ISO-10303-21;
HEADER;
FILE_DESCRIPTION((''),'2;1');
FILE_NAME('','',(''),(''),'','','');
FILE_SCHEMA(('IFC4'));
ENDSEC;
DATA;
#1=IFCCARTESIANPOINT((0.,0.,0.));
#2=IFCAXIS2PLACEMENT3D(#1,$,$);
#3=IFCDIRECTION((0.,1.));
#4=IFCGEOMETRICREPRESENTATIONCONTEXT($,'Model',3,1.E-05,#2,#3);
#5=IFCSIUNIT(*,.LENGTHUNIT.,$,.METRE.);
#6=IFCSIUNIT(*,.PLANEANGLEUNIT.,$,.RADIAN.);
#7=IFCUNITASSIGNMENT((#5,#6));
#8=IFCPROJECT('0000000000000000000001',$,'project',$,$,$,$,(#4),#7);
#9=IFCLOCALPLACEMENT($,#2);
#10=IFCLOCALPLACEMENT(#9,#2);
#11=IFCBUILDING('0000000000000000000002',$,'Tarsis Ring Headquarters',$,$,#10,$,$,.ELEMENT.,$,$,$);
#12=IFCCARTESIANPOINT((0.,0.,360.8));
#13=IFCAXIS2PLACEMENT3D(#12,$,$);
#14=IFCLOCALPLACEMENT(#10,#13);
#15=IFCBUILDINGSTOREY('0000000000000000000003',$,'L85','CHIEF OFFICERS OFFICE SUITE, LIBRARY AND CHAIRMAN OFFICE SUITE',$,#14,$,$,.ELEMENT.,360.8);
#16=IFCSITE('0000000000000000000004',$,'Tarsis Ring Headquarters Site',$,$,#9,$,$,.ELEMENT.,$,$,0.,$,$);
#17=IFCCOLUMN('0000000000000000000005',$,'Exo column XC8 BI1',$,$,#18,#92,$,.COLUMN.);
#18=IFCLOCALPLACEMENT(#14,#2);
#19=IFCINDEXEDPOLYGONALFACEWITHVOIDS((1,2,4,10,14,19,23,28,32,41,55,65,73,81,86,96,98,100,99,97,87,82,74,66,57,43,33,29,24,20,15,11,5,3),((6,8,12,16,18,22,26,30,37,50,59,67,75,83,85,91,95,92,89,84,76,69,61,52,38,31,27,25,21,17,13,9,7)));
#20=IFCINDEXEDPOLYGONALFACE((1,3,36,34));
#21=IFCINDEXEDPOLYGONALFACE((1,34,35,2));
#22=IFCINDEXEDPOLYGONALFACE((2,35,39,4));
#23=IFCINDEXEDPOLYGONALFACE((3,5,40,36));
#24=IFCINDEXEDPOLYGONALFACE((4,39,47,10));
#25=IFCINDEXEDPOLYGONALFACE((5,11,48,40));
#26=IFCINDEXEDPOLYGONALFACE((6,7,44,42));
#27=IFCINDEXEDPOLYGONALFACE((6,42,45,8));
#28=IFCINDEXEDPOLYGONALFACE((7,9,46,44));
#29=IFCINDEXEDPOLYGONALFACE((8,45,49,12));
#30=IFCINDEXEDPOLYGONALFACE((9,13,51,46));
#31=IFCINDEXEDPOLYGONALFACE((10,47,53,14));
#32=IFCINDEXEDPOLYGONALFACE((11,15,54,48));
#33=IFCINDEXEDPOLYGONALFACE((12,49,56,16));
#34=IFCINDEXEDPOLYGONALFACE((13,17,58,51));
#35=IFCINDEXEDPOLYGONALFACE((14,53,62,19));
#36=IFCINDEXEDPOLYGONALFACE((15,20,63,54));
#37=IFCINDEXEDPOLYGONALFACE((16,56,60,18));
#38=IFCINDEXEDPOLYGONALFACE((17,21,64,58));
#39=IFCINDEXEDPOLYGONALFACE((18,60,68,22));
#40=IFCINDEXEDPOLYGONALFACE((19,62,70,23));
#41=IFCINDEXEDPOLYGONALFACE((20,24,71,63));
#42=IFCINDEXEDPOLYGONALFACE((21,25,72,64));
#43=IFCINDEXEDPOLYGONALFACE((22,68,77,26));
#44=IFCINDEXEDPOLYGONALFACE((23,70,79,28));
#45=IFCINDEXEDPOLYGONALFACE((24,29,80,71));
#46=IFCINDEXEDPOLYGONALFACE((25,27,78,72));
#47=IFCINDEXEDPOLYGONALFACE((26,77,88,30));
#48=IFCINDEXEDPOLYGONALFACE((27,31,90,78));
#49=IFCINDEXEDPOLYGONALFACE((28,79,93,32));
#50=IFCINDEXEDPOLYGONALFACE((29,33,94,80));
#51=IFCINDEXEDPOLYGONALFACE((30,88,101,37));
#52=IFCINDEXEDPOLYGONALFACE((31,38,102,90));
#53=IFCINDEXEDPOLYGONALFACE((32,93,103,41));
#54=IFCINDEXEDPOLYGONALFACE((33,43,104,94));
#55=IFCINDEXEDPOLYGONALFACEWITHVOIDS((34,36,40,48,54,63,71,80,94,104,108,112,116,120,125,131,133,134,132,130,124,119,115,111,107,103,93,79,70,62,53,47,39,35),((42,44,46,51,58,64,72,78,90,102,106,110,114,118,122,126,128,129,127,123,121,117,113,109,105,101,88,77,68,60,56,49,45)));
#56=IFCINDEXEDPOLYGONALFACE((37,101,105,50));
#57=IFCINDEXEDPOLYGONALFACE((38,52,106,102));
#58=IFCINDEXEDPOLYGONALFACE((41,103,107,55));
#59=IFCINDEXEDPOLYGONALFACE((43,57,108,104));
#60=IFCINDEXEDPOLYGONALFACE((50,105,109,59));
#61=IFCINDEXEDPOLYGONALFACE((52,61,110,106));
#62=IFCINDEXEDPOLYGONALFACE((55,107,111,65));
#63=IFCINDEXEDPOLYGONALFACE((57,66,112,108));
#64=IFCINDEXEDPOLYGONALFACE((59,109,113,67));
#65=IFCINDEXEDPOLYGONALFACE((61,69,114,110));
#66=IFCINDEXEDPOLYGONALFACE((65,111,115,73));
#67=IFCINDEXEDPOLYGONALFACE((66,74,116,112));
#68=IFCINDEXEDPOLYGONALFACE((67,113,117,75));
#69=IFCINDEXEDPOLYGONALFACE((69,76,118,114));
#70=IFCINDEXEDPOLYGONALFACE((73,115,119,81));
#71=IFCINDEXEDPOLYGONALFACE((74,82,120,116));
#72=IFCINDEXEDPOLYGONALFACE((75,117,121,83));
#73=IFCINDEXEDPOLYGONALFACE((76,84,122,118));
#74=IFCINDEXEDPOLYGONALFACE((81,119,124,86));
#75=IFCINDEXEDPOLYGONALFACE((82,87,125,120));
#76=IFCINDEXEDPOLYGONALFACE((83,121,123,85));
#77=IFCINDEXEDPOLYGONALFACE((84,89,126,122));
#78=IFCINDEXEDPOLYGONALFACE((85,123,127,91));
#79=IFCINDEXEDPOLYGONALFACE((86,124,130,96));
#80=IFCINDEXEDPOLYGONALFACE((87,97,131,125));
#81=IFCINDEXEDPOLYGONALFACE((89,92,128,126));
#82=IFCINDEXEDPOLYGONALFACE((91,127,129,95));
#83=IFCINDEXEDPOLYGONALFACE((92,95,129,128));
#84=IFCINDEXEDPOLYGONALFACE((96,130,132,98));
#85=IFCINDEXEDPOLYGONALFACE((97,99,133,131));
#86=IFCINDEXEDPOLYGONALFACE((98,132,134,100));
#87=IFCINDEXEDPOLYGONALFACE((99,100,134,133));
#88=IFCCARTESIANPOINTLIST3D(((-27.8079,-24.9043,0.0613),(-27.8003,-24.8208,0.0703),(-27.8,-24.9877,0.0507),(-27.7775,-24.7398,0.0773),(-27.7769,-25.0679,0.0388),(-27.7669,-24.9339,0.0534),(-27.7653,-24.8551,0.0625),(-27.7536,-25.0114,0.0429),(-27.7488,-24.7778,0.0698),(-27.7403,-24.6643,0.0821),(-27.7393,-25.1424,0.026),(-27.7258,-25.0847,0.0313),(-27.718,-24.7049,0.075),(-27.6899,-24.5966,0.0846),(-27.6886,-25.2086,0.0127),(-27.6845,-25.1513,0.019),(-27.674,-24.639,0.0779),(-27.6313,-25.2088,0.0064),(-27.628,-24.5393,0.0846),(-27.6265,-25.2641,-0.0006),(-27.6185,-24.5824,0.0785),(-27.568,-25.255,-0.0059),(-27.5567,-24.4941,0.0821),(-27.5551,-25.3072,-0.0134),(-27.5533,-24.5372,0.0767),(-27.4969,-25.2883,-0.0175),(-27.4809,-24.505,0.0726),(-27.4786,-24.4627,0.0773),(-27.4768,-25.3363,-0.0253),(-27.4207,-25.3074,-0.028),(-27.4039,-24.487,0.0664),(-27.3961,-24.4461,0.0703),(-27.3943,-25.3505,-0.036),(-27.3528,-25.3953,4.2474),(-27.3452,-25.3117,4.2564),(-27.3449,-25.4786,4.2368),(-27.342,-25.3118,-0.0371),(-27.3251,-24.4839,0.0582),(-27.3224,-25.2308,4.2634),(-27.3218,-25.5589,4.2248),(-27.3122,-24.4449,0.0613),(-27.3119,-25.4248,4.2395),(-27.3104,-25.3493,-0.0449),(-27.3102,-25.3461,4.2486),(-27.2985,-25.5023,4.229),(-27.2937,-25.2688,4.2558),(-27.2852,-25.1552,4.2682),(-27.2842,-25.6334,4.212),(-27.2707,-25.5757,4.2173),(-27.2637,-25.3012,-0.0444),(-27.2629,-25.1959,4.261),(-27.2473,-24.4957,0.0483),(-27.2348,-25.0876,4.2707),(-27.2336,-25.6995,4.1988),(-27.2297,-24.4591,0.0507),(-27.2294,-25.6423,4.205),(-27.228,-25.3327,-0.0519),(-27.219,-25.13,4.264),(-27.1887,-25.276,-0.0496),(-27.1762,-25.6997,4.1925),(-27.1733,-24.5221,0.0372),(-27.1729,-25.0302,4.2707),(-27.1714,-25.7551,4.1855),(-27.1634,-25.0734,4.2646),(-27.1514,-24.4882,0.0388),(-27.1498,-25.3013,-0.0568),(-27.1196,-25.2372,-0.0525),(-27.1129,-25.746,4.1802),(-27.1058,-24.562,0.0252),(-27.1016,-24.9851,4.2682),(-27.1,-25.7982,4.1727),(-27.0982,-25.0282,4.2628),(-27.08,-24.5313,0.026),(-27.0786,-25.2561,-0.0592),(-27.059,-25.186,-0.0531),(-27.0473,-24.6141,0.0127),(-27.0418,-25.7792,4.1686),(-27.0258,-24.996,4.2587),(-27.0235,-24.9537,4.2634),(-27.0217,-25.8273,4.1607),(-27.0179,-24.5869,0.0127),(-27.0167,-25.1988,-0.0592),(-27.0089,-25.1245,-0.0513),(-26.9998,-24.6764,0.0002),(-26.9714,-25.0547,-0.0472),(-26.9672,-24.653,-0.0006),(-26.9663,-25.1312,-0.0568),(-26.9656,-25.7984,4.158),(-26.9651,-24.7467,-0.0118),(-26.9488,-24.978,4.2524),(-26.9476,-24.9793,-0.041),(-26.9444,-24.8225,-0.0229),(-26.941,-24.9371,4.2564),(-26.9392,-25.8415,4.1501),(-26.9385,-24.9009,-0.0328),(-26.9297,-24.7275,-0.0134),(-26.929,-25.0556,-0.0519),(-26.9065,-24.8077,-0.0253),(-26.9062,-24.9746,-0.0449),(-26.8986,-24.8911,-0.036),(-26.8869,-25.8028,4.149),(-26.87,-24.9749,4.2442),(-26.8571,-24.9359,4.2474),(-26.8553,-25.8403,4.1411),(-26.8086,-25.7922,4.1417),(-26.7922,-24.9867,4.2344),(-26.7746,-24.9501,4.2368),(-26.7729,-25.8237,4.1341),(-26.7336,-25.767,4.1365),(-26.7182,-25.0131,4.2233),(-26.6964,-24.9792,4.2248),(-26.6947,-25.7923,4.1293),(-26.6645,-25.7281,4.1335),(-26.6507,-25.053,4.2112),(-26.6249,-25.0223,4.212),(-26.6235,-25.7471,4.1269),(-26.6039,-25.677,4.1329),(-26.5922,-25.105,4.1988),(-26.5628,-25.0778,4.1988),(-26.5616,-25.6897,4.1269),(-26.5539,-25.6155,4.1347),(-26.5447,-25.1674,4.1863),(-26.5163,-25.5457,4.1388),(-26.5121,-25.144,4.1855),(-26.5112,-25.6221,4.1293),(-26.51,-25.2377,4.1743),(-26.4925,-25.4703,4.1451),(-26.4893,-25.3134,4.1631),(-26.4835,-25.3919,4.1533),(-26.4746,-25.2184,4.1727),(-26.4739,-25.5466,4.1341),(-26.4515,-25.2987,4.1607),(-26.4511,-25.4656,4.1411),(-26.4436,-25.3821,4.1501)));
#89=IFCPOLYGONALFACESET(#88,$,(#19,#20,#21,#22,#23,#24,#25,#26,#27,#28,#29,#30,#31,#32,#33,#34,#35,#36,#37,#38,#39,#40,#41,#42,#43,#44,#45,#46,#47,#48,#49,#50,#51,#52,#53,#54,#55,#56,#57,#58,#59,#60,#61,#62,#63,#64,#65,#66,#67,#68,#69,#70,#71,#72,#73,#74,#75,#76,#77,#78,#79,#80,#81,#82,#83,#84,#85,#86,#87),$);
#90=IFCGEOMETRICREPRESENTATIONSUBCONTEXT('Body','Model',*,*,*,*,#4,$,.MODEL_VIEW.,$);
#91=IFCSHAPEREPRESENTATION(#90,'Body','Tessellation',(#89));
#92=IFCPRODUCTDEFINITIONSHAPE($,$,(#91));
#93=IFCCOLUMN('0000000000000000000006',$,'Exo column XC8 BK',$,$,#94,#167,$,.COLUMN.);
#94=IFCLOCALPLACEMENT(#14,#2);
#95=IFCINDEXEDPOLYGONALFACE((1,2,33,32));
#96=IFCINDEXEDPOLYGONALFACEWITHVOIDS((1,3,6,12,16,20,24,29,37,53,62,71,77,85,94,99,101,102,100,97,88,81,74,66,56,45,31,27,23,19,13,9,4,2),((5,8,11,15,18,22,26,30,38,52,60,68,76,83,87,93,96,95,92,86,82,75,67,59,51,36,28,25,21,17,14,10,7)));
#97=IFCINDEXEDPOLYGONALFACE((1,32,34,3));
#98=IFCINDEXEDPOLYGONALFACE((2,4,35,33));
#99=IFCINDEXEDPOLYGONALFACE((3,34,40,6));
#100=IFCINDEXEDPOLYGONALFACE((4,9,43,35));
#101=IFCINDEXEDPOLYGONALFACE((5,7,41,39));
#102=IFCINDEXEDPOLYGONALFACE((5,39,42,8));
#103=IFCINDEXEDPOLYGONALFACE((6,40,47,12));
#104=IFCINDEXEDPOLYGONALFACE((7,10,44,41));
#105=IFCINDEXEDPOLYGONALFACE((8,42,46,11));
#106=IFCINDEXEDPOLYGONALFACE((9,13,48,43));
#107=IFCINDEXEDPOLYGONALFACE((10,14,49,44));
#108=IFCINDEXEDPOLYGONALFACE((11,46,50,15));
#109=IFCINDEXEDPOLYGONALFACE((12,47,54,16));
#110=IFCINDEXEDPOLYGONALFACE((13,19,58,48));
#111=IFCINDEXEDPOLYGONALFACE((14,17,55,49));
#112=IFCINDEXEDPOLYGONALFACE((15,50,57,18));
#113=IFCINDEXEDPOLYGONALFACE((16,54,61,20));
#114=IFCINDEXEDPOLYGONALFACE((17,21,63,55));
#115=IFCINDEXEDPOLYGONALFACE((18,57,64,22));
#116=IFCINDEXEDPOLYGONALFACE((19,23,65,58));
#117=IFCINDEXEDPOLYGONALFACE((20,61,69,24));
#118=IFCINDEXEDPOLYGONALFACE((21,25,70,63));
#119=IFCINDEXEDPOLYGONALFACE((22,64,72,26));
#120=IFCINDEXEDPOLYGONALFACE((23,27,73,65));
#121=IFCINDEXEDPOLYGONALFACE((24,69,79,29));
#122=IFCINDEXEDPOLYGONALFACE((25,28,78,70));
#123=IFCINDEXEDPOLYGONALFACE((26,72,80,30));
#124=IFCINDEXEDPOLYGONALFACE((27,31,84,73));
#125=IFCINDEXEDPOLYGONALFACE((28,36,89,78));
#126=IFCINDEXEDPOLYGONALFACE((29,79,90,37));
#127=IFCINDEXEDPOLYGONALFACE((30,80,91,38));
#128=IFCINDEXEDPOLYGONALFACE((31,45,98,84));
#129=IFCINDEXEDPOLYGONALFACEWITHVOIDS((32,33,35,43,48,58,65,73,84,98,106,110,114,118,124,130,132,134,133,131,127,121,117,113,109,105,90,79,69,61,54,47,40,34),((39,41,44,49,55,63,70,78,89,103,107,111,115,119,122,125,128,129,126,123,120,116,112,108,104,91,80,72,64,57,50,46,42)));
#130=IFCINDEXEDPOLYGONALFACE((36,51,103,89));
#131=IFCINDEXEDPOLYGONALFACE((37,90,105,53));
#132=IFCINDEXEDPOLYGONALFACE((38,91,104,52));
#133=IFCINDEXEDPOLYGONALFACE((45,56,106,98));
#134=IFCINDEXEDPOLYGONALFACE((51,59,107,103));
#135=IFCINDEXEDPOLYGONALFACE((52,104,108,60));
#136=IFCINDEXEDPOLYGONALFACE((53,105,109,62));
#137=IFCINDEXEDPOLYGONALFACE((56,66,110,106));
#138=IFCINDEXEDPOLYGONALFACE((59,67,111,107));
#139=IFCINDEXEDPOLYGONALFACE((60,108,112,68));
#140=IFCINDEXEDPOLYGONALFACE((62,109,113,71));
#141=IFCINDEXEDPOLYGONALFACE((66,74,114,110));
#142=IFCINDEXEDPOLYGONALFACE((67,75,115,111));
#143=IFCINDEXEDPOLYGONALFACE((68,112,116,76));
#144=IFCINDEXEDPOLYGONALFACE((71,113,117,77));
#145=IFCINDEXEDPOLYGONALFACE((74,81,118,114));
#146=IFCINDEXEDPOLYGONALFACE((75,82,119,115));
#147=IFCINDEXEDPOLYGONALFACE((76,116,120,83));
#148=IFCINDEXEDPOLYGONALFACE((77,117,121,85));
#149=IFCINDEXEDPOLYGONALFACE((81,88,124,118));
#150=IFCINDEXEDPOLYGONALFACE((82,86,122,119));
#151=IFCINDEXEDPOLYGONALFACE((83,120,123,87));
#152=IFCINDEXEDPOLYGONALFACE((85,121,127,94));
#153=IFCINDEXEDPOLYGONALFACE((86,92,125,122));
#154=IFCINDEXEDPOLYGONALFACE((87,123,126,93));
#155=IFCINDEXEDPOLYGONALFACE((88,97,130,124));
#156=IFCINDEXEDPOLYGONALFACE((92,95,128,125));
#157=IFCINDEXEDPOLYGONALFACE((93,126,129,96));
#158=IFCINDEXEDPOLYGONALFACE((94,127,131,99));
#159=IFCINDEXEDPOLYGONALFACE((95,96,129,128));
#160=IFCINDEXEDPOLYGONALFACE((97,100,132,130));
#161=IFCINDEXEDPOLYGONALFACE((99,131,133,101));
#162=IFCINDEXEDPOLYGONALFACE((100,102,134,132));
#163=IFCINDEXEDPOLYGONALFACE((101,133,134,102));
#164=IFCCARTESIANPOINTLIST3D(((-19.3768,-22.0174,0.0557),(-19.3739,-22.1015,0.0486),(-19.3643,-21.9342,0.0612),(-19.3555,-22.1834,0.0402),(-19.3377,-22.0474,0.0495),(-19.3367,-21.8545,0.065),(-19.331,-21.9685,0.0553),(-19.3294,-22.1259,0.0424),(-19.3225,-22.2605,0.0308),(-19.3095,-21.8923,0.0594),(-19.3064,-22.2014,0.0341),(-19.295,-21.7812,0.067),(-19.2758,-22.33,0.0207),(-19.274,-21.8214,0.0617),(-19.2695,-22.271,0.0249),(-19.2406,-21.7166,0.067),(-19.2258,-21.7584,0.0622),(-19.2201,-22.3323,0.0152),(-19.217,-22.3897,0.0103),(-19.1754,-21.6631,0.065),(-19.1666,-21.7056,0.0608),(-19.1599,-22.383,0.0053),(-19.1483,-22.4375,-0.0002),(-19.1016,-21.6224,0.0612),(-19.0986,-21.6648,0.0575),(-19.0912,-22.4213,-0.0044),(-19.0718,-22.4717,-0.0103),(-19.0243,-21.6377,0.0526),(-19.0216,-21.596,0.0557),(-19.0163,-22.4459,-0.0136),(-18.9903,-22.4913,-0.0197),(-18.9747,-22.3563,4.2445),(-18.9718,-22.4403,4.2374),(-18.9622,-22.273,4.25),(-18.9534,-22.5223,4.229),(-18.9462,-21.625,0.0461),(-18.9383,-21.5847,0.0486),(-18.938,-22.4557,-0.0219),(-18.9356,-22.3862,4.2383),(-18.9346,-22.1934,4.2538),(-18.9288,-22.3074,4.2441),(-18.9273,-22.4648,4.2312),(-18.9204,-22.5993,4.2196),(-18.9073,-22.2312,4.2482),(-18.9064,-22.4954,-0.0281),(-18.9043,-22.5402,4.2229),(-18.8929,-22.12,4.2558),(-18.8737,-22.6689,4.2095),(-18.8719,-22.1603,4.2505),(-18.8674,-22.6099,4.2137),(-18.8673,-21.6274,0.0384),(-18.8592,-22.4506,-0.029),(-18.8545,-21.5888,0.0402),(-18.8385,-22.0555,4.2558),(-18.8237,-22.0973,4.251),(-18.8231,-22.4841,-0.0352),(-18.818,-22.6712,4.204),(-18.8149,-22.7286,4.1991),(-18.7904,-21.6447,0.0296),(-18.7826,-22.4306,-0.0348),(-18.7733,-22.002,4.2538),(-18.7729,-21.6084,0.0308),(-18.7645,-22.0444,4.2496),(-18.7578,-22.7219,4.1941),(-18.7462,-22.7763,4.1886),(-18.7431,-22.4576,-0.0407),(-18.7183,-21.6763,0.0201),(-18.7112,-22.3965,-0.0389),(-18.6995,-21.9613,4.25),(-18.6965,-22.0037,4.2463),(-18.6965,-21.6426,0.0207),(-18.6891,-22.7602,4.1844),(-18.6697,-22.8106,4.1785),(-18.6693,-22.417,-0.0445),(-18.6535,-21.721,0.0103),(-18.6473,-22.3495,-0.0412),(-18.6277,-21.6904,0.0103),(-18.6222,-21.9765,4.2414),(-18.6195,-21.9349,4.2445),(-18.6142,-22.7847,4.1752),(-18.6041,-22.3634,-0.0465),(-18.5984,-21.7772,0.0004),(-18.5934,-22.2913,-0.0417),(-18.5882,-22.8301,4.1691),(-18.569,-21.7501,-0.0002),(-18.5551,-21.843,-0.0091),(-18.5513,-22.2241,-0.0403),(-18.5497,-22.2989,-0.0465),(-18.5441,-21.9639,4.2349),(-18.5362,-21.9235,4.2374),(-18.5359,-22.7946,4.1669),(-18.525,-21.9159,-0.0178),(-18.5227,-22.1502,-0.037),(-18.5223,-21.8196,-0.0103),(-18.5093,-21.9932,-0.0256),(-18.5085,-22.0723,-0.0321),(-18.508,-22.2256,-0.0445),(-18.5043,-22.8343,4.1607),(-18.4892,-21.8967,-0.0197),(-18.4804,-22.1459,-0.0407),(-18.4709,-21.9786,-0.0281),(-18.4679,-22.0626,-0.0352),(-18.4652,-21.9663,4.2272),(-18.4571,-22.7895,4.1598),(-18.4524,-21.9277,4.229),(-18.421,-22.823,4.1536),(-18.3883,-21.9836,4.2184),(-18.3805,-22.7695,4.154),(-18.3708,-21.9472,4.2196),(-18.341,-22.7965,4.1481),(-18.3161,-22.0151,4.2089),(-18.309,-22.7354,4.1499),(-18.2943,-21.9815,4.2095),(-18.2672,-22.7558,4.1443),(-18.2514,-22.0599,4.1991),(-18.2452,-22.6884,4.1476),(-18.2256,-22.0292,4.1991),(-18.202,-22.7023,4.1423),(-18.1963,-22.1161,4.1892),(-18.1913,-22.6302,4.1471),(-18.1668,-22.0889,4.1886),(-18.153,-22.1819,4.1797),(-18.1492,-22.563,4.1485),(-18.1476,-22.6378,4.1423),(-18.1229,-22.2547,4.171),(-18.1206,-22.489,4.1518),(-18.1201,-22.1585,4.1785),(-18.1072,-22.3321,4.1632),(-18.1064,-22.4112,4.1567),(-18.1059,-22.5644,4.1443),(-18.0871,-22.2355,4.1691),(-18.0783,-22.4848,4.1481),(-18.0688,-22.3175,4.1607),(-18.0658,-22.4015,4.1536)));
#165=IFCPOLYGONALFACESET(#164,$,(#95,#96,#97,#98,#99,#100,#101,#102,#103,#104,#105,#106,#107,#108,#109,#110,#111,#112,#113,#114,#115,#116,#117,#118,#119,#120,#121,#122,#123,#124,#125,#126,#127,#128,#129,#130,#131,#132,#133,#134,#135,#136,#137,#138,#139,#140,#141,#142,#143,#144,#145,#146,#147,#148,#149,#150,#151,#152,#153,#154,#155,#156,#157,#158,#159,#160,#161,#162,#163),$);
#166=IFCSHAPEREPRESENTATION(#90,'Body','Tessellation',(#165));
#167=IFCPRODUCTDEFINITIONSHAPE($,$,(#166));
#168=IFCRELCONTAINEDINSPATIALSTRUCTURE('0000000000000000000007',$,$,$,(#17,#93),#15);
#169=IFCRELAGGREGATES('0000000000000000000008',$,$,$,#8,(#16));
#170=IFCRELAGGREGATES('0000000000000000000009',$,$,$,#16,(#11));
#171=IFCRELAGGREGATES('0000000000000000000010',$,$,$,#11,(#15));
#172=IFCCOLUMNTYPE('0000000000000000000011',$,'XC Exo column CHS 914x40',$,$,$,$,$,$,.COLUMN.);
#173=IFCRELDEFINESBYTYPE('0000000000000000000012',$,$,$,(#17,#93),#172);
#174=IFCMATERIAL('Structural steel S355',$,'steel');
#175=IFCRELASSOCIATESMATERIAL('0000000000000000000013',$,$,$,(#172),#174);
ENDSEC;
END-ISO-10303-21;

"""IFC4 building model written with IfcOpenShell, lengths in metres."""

from ifc_helpers import new_model, si_unit, direction, frame, origin, origin_2d, place, context, subcontext, project, spatial, hollow_circle, extrude, material, material_profile, profile_set, type_object, element, save


model = new_model("IFC4")

# Units and contexts
model_context = context("Model", 3, precision=1e-05, world=origin(), true_north=direction((0.0, 1.0)))
body_context = subcontext(model_context, "Body", "Model", "MODEL_VIEW")
ifc_project = project(units=[si_unit("LENGTHUNIT", "METRE"), si_unit("PLANEANGLEUNIT", "RADIAN")], contexts=[model_context])

# Site, building, storey
site_placement = place(None, origin())
site = spatial("IfcSite", under=ifc_project, at=site_placement, Name="Tarsis Ring Headquarters Site", CompositionType="ELEMENT", RefElevation=0.0)
building_placement = place(site_placement, origin())
building = spatial("IfcBuilding", under=site, at=building_placement, Name="Tarsis Ring Headquarters", CompositionType="ELEMENT")
storey_placement = place(building_placement, frame((0.0, 0.0, 360.8)))
storey = spatial("IfcBuildingStorey", under=building, at=storey_placement, Name="L85", Description="CHIEF OFFICERS OFFICE SUITE, LIBRARY AND CHAIRMAN OFFICE SUITE", CompositionType="ELEMENT", Elevation=360.8)

# Columns
ifc_material_1 = material(Name="Structural steel S355", Category="steel")
ifc_material_profile_1 = material_profile(ifc_material_1, hollow_circle(Radius=0.457, WallThickness=0.04, at=origin_2d()), Name="CHS 914x40")
ifc_profile_set_1 = profile_set([ifc_material_profile_1], Name="Structural steel S355")
column_type = type_object("IfcColumnType", Name="XC Exo column CHS 914x40", PredefinedType="COLUMN", material=ifc_profile_set_1)
column_1_placement = place(storey_placement, frame((-27.3533, -24.8977, 0.0127), z_axis=(0.107349, -0.115815, 0.987453), x_axis=(0.733404, 0.679793, 0.0)))
element("IfcColumn", 1, at=column_1_placement, inside=storey, type_object=column_type, Name="Exo column XC8 BI1", PredefinedType="COLUMN", context=body_context, shape_type="SweptSolid", body=[
    extrude(hollow_circle(Radius=0.4573, WallThickness=0.04, at=origin_2d()), origin(), (0.0, 0.0, 1.0), 4.2393),
])
column_2_placement = place(storey_placement, frame((-18.9224, -22.04, 0.0103), z_axis=(0.095248, -0.08027, 0.992212), x_axis=(0.644422, 0.76467, 0.0)))
element("IfcColumn", 2, at=column_2_placement, inside=storey, type_object=column_type, Name="Exo column XC8 BK", PredefinedType="COLUMN", context=body_context, shape_type="SweptSolid", body=[
    extrude(hollow_circle(Radius=0.4573, WallThickness=0.04, at=origin_2d()), origin(), (0.0, 0.0, 1.0), 4.2217),
])

save(model, "model.ifc")
